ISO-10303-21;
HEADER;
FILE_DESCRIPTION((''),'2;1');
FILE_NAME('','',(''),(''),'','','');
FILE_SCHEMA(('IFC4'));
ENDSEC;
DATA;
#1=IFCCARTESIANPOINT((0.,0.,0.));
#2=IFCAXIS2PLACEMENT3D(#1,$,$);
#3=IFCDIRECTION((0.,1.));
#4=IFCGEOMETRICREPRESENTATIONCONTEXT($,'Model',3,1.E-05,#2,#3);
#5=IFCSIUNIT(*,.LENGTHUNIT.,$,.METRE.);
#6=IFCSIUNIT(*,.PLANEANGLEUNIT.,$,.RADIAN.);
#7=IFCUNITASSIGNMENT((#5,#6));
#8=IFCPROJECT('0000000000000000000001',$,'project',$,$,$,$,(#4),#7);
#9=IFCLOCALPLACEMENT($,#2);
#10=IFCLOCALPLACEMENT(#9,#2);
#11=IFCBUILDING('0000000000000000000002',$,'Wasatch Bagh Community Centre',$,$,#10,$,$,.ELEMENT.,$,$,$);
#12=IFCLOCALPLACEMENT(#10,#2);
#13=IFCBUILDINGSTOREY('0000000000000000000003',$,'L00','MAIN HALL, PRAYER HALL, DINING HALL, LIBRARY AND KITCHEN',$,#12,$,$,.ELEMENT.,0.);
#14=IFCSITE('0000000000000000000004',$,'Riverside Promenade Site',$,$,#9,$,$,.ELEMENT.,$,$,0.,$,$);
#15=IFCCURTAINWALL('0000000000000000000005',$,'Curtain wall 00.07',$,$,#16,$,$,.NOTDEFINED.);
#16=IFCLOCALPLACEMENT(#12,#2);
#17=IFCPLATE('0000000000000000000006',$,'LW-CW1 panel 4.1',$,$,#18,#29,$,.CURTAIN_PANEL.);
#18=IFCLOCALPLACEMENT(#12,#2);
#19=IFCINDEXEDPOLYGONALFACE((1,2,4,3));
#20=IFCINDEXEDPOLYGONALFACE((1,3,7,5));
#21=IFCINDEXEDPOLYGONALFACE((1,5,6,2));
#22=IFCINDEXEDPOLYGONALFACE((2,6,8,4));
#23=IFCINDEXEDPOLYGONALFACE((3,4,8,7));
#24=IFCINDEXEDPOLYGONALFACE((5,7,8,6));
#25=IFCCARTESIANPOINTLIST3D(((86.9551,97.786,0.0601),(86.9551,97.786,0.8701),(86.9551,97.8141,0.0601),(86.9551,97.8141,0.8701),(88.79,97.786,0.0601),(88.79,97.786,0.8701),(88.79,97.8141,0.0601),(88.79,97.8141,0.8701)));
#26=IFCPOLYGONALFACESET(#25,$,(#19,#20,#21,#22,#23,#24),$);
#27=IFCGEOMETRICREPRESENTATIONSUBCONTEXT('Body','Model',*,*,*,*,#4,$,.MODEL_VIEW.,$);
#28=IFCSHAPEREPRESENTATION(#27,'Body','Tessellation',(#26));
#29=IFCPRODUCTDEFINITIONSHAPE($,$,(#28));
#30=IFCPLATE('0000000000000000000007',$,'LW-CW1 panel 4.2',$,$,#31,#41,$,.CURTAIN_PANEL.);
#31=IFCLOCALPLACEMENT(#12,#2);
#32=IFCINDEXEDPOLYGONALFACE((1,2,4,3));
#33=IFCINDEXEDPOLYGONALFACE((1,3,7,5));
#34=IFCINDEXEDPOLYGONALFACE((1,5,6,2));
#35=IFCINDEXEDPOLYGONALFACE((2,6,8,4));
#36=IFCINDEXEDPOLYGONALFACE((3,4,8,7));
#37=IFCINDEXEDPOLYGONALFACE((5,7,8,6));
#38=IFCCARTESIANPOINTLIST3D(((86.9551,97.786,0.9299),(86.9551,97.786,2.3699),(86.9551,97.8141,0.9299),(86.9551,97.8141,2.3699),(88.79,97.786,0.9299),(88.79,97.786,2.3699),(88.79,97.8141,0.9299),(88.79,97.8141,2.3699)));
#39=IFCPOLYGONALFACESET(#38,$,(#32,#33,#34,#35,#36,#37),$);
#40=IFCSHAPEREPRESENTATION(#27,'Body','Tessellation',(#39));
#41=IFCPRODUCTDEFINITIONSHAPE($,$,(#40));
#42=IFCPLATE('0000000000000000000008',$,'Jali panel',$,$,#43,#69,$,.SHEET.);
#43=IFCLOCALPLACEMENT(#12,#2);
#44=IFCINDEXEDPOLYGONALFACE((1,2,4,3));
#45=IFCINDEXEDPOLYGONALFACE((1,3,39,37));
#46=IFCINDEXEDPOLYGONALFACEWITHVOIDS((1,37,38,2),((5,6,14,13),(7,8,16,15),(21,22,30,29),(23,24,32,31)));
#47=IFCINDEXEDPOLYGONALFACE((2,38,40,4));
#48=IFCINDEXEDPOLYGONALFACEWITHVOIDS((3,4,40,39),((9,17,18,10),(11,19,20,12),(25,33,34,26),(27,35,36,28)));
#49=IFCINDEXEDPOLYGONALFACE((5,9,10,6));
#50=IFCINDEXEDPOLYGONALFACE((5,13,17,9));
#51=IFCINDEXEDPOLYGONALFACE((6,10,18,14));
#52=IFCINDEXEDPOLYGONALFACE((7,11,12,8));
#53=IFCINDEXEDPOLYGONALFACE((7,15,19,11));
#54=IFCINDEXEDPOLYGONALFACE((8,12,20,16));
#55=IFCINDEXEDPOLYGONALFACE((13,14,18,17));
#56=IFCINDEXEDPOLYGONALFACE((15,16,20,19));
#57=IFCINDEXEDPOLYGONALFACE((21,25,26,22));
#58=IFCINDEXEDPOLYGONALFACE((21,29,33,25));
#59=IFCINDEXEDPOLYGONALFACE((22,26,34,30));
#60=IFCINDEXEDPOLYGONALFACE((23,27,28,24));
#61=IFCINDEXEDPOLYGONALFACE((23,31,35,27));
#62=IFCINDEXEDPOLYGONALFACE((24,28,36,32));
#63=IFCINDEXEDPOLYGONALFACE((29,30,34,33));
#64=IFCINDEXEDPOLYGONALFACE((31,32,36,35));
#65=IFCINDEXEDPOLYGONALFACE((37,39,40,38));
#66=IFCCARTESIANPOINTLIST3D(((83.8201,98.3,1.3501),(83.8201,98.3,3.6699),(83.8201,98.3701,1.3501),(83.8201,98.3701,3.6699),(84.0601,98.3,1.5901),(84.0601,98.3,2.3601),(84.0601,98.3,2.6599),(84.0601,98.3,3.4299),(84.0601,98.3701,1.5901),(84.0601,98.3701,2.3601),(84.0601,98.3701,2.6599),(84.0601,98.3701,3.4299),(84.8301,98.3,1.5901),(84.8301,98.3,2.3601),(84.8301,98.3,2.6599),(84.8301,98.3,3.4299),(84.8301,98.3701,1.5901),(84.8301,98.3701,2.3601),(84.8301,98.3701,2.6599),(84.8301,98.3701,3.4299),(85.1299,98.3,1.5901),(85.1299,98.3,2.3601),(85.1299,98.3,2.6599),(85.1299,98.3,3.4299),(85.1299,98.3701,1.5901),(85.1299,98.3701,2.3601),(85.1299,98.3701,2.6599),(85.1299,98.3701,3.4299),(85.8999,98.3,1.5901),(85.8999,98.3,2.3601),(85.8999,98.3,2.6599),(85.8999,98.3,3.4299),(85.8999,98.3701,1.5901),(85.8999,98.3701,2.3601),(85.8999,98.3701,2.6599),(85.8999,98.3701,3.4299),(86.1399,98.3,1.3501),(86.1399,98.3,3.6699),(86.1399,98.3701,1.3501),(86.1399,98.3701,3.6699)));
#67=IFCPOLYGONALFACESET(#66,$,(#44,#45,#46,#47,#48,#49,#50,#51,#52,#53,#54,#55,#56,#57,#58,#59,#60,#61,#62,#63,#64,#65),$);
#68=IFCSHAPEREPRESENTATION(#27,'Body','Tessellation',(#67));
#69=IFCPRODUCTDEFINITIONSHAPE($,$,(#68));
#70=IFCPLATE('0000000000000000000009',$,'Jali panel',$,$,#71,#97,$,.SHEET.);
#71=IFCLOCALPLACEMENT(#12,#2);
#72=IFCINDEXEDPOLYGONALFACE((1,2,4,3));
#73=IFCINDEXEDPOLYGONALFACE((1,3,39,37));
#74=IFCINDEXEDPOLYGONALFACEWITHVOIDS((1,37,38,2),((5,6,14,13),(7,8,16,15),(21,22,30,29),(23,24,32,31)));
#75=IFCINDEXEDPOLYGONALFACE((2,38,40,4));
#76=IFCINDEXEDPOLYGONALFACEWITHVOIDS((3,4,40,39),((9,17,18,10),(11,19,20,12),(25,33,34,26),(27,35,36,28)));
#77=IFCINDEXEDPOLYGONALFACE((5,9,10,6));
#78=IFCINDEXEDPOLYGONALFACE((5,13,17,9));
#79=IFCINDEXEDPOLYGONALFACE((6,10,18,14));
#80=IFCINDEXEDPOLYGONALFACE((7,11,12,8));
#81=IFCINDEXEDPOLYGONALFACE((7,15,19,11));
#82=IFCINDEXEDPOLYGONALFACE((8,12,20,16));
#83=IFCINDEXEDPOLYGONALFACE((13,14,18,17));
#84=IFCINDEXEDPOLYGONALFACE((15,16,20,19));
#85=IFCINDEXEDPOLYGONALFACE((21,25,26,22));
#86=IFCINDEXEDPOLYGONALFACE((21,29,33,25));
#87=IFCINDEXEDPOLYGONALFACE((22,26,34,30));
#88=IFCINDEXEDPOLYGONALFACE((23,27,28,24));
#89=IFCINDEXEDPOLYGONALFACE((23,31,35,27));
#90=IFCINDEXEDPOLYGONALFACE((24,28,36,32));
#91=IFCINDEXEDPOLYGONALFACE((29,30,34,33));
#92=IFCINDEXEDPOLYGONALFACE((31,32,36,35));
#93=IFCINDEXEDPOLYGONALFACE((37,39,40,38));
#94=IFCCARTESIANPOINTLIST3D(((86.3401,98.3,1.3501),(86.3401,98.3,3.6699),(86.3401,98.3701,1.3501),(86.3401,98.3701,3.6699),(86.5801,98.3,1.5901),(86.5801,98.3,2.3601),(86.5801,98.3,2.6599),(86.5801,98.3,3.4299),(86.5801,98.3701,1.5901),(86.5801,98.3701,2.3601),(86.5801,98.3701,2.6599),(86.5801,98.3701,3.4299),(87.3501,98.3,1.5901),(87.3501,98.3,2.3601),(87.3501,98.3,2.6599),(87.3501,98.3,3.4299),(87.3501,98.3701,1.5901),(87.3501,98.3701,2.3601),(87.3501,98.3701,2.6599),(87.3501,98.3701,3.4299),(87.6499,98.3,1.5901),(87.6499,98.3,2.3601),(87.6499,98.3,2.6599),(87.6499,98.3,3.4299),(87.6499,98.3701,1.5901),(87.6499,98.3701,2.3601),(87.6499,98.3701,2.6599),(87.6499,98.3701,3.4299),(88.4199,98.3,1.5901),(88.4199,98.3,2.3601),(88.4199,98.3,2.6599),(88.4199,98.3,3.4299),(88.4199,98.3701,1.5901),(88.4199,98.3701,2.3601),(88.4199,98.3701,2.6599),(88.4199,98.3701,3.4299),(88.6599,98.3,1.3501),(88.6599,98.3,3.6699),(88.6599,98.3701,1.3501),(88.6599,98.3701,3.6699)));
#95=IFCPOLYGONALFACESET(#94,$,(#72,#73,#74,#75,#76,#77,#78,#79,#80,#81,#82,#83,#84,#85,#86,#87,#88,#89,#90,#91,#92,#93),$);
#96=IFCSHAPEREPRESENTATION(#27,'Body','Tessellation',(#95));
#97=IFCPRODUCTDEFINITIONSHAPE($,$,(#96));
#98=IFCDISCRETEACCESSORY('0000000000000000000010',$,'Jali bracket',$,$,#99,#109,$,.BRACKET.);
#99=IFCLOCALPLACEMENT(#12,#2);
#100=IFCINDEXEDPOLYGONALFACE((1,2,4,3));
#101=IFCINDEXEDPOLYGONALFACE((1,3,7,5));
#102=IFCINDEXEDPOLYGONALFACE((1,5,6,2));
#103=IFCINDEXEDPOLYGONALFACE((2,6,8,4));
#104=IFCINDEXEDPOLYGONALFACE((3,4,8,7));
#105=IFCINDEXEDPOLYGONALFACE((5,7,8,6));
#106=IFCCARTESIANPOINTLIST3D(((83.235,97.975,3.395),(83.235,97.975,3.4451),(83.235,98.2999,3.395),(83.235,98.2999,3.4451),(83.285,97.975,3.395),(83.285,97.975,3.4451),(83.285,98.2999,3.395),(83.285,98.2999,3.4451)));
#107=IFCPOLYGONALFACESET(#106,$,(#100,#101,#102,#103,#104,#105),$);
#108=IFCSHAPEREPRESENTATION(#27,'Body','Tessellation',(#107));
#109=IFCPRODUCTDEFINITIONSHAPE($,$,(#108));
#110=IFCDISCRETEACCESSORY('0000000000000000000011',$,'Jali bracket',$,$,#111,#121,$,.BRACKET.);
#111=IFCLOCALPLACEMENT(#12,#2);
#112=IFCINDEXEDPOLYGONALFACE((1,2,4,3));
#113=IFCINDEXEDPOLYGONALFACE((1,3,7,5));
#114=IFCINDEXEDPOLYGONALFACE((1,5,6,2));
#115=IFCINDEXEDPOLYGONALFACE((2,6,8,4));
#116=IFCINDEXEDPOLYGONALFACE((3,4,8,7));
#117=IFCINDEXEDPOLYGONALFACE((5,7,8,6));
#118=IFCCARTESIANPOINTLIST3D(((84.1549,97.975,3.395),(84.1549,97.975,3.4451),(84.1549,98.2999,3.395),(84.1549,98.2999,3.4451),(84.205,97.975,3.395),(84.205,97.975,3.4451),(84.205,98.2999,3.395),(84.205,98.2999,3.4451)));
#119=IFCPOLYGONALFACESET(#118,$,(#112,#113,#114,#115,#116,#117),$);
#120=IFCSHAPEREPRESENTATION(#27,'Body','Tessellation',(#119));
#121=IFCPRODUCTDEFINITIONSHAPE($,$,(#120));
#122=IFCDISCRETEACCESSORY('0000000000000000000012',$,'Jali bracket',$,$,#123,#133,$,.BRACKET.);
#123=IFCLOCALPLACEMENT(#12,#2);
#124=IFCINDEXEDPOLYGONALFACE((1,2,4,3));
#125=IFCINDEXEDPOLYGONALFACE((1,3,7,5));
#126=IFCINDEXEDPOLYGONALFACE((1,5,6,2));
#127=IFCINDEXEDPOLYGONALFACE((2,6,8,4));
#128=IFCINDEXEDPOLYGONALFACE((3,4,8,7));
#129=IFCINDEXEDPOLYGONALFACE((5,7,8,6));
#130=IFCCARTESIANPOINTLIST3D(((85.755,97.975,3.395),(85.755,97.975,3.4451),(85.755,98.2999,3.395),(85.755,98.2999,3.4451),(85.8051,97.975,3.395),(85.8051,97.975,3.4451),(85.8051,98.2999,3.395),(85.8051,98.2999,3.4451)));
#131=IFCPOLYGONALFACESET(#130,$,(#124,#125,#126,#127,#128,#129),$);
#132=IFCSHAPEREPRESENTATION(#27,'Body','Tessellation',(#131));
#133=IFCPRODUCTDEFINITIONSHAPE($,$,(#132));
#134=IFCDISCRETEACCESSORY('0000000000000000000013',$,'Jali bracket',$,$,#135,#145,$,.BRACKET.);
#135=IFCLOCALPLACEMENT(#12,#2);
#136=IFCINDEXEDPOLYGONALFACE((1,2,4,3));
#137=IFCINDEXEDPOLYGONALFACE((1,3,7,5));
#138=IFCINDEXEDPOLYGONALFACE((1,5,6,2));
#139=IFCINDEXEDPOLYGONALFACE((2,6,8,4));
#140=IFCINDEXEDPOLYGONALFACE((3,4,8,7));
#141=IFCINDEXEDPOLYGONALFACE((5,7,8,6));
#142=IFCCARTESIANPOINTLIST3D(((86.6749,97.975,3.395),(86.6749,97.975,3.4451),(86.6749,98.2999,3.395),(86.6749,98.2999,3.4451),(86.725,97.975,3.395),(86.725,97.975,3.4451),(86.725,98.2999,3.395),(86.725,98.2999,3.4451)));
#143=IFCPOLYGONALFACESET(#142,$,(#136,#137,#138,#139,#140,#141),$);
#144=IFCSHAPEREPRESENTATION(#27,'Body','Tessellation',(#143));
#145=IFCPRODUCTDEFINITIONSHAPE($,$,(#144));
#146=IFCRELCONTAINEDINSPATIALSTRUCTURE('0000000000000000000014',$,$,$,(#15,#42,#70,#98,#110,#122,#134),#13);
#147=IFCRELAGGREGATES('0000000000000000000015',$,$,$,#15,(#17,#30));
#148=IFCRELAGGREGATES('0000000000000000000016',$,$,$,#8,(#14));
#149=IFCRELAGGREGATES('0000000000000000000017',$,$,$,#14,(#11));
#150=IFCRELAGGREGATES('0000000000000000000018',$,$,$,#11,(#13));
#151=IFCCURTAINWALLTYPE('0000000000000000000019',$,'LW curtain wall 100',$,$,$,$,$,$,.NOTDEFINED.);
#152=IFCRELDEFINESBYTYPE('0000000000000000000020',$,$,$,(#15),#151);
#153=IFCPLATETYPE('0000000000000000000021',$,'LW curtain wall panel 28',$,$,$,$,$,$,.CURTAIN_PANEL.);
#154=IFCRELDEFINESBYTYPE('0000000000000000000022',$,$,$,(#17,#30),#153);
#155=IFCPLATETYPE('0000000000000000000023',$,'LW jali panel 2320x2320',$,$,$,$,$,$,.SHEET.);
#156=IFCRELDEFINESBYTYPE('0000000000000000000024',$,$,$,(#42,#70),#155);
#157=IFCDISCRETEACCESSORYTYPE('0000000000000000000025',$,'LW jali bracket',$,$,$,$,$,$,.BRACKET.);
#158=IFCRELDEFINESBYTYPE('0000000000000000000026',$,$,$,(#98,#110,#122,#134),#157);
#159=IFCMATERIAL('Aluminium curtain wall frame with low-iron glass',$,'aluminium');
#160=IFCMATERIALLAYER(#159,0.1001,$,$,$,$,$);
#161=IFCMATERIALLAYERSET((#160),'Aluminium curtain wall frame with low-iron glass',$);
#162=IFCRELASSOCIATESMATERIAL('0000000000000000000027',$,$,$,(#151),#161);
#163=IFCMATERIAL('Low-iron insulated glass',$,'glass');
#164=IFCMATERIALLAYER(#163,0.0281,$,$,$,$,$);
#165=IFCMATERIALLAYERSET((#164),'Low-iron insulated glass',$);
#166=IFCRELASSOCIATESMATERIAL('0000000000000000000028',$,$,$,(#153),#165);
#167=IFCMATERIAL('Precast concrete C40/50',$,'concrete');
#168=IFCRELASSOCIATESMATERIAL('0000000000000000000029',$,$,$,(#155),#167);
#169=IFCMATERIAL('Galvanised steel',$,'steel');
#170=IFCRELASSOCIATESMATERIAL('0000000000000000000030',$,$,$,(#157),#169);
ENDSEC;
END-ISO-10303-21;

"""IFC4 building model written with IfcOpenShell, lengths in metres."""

from ifc_helpers import new_model, si_unit, direction, frame, origin, origin_2d, place, context, subcontext, project, spatial, polyline, rectangle, outline, extrude, material, layer, layer_set, material_profile, profile_set, type_object, element, aggregate, save


model = new_model("IFC4")

# Units and contexts
model_context = context("Model", 3, precision=1e-05, world=origin(), true_north=direction((0.0, 1.0)))
body_context = subcontext(model_context, "Body", "Model", "MODEL_VIEW")
ifc_project = project(units=[si_unit("LENGTHUNIT", "METRE"), si_unit("PLANEANGLEUNIT", "RADIAN")], contexts=[model_context])

# Site, building, storey
site_placement = place(None, origin())
site = spatial("IfcSite", under=ifc_project, at=site_placement, Name="Riverside Promenade Site", CompositionType="ELEMENT", RefElevation=0.0)
building_placement = place(site_placement, origin())
building = spatial("IfcBuilding", under=site, at=building_placement, Name="Wasatch Bagh Community Centre", CompositionType="ELEMENT")
storey_placement = place(building_placement, origin())
storey = spatial("IfcBuildingStorey", under=building, at=storey_placement, Name="L00", Description="MAIN HALL, PRAYER HALL, DINING HALL, LIBRARY AND KITCHEN", CompositionType="ELEMENT", Elevation=0.0)

# Curtain wall, plates
ifc_material_1 = material(Name="Aluminium curtain wall frame with low-iron glass", Category="aluminium")
ifc_layer_1 = layer(ifc_material_1, 0.1001)
ifc_layer_set_1 = layer_set([ifc_layer_1], Name="Aluminium curtain wall frame with low-iron glass")
curtain_wall_type = type_object("IfcCurtainWallType", Name="LW curtain wall 100", PredefinedType="NOTDEFINED", material=ifc_layer_set_1)
curtain_wall_placement = place(storey_placement, origin())
curtain_wall = element("IfcCurtainWall", 1, at=curtain_wall_placement, inside=storey, type_object=curtain_wall_type, Name="Curtain wall 00.07", PredefinedType="NOTDEFINED")
ifc_material_2 = material(Name="Low-iron insulated glass", Category="glass")
ifc_layer_2 = layer(ifc_material_2, 0.0281)
ifc_layer_set_2 = layer_set([ifc_layer_2], Name="Low-iron insulated glass")
plate_type_1 = type_object("IfcPlateType", Name="LW curtain wall panel 28", PredefinedType="CURTAIN_PANEL", material=ifc_layer_set_2)
plate_1_placement = place(storey_placement, frame((87.8726, 97.8, 0.0601), z_axis=(0.0, 0.0, 1.0), x_axis=(1.0, 0.0, 0.0)))
plate_1 = element("IfcPlate", 2, at=plate_1_placement, type_object=plate_type_1, Name="LW-CW1 panel 4.1", PredefinedType="CURTAIN_PANEL", context=body_context, shape_type="SweptSolid", body=[
    extrude(rectangle(XDim=1.835, YDim=0.0281, at=origin_2d()), origin(), (0.0, 0.0, 1.0), 0.8101),
])
plate_2_placement = place(storey_placement, frame((87.8726, 97.8, 0.9299), z_axis=(0.0, 0.0, 1.0), x_axis=(1.0, 0.0, 0.0)))
plate_2 = element("IfcPlate", 3, at=plate_2_placement, type_object=plate_type_1, Name="LW-CW1 panel 4.2", PredefinedType="CURTAIN_PANEL", context=body_context, shape_type="SweptSolid", body=[
    extrude(rectangle(XDim=1.835, YDim=0.0281, at=origin_2d()), origin(), (0.0, 0.0, 1.0), 1.4399),
])
aggregate(curtain_wall, [plate_1, plate_2])

# Plates
ifc_material_3 = material(Name="Precast concrete C40/50", Category="concrete")
ifc_material_profile_1 = material_profile(ifc_material_3, outline(polyline([(-1.1599, -1.1599), (1.1599, -1.1599), (1.1599, 1.1599), (-1.1599, 1.1599), (-1.1599, -1.1599)]), holes=[polyline([(-0.9199, -0.9199), (-0.1499, -0.9199), (-0.1499, -0.1499), (-0.9199, -0.1499), (-0.9199, -0.9199)]), polyline([(-0.9199, 0.1499), (-0.1499, 0.1499), (-0.1499, 0.9199), (-0.9199, 0.9199), (-0.9199, 0.1499)]), polyline([(0.1499, -0.9199), (0.9199, -0.9199), (0.9199, -0.1499), (0.1499, -0.1499), (0.1499, -0.9199)]), polyline([(0.1499, 0.1499), (0.9199, 0.1499), (0.9199, 0.9199), (0.1499, 0.9199), (0.1499, 0.1499)])]), Name="Jali lattice")
ifc_profile_set_1 = profile_set([ifc_material_profile_1], Name="Precast concrete C40/50")
plate_type_2 = type_object("IfcPlateType", Name="LW jali panel 2320x2320", PredefinedType="SHEET", material=ifc_profile_set_1)
for number, where, z_axis, x_axis, name in (
    (4, (84.98, 98.3, 2.51), (0.0, 1.0, 0.0), (-1.0, 0.0, 0.0), "Jali panel"),
    (5, (87.5, 98.3, 2.51), (0.0, 1.0, 0.0), (-1.0, 0.0, 0.0), "Jali panel"),
):
    element("IfcPlate", number, at=place(storey_placement, frame(where, z_axis=z_axis, x_axis=x_axis)), inside=storey, type_object=plate_type_2, Name=name, PredefinedType="SHEET", context=body_context, shape_type="SweptSolid", body=[
        extrude(outline(polyline([(-1.1599, -1.1599), (1.1599, -1.1599), (1.1599, 1.1599), (-1.1599, 1.1599), (-1.1599, -1.1599)]), holes=[polyline([(-0.9199, -0.9199), (-0.1499, -0.9199), (-0.1499, -0.1499), (-0.9199, -0.1499), (-0.9199, -0.9199)]), polyline([(-0.9199, 0.1499), (-0.1499, 0.1499), (-0.1499, 0.9199), (-0.9199, 0.9199), (-0.9199, 0.1499)]), polyline([(0.1499, -0.9199), (0.9199, -0.9199), (0.9199, -0.1499), (0.1499, -0.1499), (0.1499, -0.9199)]), polyline([(0.1499, 0.1499), (0.9199, 0.1499), (0.9199, 0.9199), (0.1499, 0.9199), (0.1499, 0.1499)])]), origin(), (0.0, 0.0, 1.0), 0.0701),
    ])

# Discrete accessories
ifc_material_4 = material(Name="Galvanised steel", Category="steel")
discrete_accessory_type = type_object("IfcDiscreteAccessoryType", Name="LW jali bracket", PredefinedType="BRACKET", material=ifc_material_4)
for number, where, z_axis, x_axis, name in (
    (6, (83.26, 98.1375, 3.395), (0.0, 0.0, 1.0), (1.0, 0.0, 0.0), "Jali bracket"),
    (7, (84.1799, 98.1375, 3.395), (0.0, 0.0, 1.0), (1.0, 0.0, 0.0), "Jali bracket"),
    (8, (85.78, 98.1375, 3.395), (0.0, 0.0, 1.0), (1.0, 0.0, 0.0), "Jali bracket"),
    (9, (86.7, 98.1375, 3.395), (0.0, 0.0, 1.0), (1.0, 0.0, 0.0), "Jali bracket"),
):
    element("IfcDiscreteAccessory", number, at=place(storey_placement, frame(where, z_axis=z_axis, x_axis=x_axis)), inside=storey, type_object=discrete_accessory_type, Name=name, PredefinedType="BRACKET", context=body_context, shape_type="SweptSolid", body=[
        extrude(rectangle(XDim=0.05, YDim=0.325, at=origin_2d()), origin(), (0.0, 0.0, 1.0), 0.05),
    ])

save(model, "model.ifc")
